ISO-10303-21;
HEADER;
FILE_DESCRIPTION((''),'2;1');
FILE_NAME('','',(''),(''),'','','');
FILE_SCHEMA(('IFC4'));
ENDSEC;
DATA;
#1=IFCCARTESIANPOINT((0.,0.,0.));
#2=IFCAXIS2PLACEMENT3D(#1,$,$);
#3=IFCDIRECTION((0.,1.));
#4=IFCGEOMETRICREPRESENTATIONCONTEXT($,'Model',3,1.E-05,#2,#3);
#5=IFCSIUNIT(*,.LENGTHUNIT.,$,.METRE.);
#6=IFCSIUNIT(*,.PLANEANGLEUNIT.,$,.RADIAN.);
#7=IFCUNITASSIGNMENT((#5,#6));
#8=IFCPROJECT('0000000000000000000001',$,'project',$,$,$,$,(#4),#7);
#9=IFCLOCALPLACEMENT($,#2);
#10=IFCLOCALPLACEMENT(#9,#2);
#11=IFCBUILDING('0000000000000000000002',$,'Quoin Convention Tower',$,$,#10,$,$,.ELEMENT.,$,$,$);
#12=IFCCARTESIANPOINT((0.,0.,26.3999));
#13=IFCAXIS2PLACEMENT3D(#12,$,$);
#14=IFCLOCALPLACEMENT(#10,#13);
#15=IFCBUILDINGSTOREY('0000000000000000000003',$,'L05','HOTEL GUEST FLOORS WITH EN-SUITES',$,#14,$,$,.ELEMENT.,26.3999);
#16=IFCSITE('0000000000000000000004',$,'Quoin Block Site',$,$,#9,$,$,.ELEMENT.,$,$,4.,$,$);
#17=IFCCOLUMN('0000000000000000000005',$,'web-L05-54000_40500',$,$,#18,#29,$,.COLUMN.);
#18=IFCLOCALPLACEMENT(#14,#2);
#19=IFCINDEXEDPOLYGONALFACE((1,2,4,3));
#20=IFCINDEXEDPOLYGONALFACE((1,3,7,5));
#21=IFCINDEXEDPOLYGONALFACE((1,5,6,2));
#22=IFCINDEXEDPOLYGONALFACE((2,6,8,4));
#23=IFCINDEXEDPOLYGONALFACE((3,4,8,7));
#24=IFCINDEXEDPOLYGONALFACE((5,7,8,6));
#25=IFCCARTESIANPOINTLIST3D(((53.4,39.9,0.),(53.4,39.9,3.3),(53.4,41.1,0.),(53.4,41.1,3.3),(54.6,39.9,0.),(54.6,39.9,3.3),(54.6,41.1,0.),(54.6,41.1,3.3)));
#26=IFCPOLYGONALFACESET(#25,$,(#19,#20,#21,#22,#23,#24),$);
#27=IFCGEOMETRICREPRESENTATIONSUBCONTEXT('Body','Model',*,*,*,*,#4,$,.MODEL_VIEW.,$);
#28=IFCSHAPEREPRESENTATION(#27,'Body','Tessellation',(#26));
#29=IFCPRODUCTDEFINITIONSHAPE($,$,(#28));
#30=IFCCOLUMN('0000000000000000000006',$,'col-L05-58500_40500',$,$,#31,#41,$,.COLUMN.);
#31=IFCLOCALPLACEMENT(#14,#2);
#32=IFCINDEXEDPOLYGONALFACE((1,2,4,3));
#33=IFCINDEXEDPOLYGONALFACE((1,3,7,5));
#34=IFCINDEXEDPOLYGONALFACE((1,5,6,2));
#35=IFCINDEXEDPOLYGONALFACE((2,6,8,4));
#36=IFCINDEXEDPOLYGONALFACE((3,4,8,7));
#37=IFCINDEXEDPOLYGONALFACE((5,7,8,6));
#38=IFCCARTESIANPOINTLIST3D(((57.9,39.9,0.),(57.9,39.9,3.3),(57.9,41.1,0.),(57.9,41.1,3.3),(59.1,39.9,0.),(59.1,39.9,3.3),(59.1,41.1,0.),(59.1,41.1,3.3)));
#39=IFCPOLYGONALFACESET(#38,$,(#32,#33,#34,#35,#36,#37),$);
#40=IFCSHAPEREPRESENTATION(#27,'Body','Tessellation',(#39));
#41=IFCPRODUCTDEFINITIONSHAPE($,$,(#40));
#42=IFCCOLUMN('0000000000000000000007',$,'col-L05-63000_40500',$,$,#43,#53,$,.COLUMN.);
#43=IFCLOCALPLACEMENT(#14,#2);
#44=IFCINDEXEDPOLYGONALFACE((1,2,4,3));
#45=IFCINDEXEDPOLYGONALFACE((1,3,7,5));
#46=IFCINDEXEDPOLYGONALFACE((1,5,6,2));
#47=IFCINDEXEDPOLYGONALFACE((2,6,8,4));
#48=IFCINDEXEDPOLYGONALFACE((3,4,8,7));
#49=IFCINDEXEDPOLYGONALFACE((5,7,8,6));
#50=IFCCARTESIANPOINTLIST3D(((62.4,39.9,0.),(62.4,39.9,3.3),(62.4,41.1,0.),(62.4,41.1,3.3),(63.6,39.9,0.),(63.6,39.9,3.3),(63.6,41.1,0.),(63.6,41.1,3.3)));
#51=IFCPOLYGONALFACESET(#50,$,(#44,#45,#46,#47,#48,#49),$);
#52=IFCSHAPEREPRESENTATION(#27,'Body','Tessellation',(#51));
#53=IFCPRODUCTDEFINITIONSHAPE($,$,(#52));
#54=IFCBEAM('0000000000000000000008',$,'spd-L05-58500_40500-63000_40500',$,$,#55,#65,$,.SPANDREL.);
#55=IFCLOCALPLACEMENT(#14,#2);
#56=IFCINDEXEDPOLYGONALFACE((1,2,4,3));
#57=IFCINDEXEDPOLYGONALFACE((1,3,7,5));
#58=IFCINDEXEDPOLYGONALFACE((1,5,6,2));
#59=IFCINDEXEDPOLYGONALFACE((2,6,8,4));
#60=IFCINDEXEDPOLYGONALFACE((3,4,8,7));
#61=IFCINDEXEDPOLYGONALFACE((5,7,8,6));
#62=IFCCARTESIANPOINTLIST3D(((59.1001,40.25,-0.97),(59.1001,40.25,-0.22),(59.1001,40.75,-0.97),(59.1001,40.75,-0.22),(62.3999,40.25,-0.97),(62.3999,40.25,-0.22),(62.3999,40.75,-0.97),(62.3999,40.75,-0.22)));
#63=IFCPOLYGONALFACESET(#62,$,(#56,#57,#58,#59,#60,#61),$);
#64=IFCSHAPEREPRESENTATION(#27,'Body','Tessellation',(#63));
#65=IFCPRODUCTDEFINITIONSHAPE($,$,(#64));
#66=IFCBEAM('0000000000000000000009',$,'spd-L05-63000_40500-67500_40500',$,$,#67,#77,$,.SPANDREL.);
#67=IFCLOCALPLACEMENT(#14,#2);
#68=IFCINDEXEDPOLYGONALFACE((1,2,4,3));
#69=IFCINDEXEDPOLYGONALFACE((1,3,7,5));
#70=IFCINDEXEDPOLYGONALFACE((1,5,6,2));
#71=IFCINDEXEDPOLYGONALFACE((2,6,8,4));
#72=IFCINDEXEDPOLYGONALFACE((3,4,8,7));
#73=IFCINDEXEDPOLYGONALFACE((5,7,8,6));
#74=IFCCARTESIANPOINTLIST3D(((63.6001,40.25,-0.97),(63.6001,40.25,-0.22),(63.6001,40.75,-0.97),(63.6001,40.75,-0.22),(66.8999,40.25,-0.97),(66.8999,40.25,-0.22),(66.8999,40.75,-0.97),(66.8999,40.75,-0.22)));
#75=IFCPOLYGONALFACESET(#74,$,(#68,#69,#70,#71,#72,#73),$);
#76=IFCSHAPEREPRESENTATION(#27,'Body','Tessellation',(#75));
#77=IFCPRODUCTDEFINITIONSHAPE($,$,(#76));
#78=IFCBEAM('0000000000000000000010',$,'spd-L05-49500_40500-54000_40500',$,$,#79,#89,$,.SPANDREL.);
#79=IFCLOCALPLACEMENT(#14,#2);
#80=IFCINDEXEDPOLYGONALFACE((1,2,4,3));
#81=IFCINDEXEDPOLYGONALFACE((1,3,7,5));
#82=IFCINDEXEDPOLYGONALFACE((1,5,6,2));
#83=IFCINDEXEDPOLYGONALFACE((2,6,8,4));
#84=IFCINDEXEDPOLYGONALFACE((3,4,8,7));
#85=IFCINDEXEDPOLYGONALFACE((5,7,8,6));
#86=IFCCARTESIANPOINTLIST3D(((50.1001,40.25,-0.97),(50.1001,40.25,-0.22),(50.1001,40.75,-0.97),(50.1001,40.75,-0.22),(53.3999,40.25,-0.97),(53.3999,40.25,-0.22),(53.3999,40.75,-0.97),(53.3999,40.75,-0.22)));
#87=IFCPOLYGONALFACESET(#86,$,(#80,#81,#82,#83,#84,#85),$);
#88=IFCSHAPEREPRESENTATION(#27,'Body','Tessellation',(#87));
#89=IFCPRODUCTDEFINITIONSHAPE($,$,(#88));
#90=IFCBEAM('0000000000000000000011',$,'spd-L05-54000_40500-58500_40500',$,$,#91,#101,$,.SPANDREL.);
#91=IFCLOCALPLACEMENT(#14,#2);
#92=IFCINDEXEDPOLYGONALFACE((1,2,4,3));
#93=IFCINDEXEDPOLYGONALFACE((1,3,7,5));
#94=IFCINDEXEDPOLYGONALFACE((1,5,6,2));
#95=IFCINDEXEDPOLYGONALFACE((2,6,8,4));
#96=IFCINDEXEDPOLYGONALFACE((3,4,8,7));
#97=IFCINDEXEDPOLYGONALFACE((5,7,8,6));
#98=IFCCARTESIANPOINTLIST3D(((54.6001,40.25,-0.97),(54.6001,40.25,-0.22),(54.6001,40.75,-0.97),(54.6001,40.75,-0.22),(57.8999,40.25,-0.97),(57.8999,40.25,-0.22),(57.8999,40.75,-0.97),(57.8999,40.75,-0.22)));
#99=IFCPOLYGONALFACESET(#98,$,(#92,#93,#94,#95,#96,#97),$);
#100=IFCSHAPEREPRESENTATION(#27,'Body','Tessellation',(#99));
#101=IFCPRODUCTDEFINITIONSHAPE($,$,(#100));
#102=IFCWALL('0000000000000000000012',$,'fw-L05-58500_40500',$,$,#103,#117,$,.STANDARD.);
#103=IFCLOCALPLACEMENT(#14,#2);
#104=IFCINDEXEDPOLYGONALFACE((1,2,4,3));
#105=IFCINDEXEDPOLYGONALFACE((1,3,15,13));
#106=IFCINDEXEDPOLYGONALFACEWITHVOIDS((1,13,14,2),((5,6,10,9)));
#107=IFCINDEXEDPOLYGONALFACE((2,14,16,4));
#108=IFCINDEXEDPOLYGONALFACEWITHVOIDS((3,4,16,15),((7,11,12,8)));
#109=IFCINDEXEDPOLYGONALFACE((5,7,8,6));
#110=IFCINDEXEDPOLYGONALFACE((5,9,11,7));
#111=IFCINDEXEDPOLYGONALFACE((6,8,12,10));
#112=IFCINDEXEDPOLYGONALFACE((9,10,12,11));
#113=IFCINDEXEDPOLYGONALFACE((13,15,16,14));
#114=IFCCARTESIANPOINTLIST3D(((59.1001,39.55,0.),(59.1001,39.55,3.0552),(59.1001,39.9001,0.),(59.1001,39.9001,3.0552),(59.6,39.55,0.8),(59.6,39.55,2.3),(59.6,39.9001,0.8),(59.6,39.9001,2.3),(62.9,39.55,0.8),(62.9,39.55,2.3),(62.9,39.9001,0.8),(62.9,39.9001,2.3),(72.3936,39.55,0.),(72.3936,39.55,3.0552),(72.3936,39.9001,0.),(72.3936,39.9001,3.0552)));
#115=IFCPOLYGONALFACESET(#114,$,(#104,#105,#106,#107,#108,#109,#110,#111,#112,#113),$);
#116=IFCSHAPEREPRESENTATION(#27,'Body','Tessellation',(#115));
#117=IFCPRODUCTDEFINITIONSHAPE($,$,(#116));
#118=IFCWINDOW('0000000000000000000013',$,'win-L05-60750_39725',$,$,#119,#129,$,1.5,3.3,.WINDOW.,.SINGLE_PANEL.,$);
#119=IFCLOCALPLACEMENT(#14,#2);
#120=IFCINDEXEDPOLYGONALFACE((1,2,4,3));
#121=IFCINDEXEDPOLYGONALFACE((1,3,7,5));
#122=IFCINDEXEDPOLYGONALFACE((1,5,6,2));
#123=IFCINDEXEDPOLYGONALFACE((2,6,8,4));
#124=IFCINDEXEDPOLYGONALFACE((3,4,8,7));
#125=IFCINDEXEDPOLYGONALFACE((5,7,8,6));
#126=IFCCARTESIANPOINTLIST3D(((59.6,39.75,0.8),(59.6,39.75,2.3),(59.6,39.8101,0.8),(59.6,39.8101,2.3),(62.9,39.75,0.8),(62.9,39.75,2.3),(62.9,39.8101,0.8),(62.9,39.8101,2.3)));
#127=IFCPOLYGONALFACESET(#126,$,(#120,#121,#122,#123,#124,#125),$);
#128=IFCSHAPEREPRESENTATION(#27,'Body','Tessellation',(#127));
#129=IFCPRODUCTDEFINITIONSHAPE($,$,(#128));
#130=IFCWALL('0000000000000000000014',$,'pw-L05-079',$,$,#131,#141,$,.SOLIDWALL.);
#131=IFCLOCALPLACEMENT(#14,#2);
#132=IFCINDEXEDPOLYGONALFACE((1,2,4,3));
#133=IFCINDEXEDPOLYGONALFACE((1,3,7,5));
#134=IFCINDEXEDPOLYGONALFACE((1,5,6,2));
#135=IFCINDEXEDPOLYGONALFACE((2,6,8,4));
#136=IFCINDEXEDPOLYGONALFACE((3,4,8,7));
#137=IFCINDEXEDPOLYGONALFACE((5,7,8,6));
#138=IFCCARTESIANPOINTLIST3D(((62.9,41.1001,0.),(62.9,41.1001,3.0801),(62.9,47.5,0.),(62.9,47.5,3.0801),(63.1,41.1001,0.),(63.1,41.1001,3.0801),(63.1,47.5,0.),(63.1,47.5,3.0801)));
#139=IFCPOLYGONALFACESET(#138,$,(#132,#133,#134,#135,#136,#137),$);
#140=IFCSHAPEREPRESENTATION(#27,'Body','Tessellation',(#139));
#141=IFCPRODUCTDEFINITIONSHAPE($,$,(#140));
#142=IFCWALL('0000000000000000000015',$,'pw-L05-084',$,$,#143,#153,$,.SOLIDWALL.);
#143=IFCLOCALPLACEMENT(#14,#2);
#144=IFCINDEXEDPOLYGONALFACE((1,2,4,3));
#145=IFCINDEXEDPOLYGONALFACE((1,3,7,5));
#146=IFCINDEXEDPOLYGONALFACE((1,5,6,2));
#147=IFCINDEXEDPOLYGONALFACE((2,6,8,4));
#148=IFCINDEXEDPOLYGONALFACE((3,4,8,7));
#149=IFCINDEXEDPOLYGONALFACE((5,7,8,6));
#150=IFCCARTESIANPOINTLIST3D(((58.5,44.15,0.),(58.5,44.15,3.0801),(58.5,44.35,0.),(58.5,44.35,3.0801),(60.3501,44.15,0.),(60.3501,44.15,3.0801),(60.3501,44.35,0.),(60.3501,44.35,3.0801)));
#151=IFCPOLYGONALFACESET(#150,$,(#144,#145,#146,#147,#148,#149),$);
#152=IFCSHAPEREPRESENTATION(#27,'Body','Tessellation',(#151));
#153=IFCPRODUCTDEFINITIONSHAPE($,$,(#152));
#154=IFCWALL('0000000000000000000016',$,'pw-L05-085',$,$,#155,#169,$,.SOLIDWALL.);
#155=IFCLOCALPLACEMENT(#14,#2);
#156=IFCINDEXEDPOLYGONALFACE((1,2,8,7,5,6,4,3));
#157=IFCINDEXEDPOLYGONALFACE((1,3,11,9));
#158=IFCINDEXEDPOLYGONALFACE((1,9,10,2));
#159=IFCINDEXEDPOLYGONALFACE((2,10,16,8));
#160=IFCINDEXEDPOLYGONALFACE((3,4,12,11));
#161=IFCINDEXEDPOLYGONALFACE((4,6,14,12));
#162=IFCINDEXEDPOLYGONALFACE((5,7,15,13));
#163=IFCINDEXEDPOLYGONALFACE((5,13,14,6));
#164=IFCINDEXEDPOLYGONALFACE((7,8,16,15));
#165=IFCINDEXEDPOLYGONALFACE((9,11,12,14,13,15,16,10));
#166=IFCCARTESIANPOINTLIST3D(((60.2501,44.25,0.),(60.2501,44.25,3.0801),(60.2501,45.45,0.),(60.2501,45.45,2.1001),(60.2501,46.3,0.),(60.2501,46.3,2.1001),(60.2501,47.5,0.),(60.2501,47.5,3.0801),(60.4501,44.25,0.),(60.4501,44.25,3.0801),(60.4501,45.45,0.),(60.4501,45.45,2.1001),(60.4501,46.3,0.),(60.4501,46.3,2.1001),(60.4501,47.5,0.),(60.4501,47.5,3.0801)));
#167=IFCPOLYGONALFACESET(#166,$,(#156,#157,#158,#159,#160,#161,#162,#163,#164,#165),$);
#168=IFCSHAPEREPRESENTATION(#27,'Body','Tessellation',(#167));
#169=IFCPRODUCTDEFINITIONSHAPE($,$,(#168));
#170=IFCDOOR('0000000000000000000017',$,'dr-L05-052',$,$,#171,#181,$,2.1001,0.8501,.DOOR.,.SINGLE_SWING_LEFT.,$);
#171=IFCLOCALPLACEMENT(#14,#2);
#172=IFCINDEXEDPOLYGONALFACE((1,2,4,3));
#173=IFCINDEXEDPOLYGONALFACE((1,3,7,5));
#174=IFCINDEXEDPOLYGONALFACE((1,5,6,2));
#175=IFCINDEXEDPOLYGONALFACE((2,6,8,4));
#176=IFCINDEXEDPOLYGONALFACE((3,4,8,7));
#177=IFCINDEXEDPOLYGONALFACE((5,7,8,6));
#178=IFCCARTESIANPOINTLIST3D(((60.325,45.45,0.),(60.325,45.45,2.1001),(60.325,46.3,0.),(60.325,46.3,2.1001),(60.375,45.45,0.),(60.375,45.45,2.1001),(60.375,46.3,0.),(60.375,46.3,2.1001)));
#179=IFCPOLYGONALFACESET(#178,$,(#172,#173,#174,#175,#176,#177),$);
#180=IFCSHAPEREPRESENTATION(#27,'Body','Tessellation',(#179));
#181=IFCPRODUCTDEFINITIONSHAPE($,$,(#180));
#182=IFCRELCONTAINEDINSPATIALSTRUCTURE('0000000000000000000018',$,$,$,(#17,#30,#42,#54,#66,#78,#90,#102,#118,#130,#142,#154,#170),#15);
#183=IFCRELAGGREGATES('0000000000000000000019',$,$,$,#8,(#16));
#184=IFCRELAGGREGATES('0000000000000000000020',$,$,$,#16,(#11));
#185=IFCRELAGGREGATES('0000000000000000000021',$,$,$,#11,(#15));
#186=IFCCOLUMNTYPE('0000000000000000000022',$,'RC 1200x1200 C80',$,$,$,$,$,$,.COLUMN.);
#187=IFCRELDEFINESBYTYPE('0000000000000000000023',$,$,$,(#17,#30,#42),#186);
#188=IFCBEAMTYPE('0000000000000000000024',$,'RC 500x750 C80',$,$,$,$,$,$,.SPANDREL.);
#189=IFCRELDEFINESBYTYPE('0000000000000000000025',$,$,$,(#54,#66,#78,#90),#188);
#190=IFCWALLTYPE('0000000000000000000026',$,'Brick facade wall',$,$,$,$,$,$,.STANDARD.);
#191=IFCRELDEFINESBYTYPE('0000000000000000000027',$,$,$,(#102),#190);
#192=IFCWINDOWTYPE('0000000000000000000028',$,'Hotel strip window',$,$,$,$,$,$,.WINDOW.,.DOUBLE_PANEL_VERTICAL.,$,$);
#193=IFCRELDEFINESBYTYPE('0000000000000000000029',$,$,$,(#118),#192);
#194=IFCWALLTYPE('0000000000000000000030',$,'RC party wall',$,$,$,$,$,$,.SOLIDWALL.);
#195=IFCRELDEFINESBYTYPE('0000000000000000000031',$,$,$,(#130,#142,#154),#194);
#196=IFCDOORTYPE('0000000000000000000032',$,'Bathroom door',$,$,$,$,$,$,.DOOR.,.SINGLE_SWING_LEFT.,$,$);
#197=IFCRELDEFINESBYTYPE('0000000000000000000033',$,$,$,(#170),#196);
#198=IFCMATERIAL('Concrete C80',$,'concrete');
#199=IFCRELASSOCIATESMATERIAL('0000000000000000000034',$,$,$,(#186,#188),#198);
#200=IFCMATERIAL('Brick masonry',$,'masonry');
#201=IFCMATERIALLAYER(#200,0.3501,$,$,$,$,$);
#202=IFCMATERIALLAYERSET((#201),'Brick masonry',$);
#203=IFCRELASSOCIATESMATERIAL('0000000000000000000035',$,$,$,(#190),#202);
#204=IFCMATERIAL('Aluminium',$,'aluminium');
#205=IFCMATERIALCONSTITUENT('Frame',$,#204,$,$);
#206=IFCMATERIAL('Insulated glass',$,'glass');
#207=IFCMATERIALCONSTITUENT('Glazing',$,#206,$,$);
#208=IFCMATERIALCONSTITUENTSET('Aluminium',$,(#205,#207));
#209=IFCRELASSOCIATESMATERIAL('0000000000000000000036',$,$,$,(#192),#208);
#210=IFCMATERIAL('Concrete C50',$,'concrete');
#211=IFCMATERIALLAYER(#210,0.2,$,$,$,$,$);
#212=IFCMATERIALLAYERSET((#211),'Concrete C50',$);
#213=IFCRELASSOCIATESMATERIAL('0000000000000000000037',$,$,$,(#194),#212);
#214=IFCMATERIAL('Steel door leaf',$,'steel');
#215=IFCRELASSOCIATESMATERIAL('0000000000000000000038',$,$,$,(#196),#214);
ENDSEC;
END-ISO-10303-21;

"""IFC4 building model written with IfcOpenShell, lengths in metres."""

from ifc_helpers import new_model, si_unit, direction, frame, frame_2d, origin, origin_2d, place, context, subcontext, project, spatial, rectangle, extrude, material, layer, layer_set, constituent, constituent_set, material_profile, profile_set, type_object, element, fill, save


model = new_model("IFC4")

# Units and contexts
model_context = context("Model", 3, precision=1e-05, world=origin(), true_north=direction((0.0, 1.0)))
body_context = subcontext(model_context, "Body", "Model", "MODEL_VIEW")
ifc_project = project(units=[si_unit("LENGTHUNIT", "METRE"), si_unit("PLANEANGLEUNIT", "RADIAN")], contexts=[model_context])

# Site, building, storey
site_placement = place(None, origin())
site = spatial("IfcSite", under=ifc_project, at=site_placement, Name="Quoin Block Site", CompositionType="ELEMENT", RefElevation=4.0)
building_placement = place(site_placement, origin())
building = spatial("IfcBuilding", under=site, at=building_placement, Name="Quoin Convention Tower", CompositionType="ELEMENT")
storey_placement = place(building_placement, frame((0.0, 0.0, 26.3999)))
storey = spatial("IfcBuildingStorey", under=building, at=storey_placement, Name="L05", Description="HOTEL GUEST FLOORS WITH EN-SUITES", CompositionType="ELEMENT", Elevation=26.3999)

# Columns
ifc_material_1 = material(Name="Concrete C80", Category="concrete")
ifc_material_profile_1 = material_profile(ifc_material_1, rectangle(XDim=1.2, YDim=1.2, at=origin_2d()), Name="RC 1200x1200")
ifc_profile_set_1 = profile_set([ifc_material_profile_1], Name="Concrete C80")
column_type = type_object("IfcColumnType", Name="RC 1200x1200 C80", PredefinedType="COLUMN", material=ifc_profile_set_1)
for number, where, z_axis, x_axis, name in (
    (1, (54.0, 40.5, 0.0), (0.0, 0.0, 1.0), (1.0, 0.0, 0.0), "web-L05-54000_40500"),
    (2, (58.5, 40.5, 0.0), (0.0, 0.0, 1.0), (1.0, 0.0, 0.0), "col-L05-58500_40500"),
    (3, (63.0, 40.5, 0.0), (0.0, 0.0, 1.0), (1.0, 0.0, 0.0), "col-L05-63000_40500"),
):
    element("IfcColumn", number, at=place(storey_placement, frame(where, z_axis=z_axis, x_axis=x_axis)), inside=storey, type_object=column_type, Name=name, PredefinedType="COLUMN", context=body_context, shape_type="SweptSolid", body=[
        extrude(rectangle(XDim=1.2, YDim=1.2, at=origin_2d()), origin(), (0.0, 0.0, 1.0), 3.3),
    ])

# Beams
ifc_material_profile_2 = material_profile(ifc_material_1, rectangle(XDim=0.5, YDim=0.75, at=origin_2d()), Name="RC 500x750")
ifc_profile_set_2 = profile_set([ifc_material_profile_2], Name="Concrete C80")
beam_type = type_object("IfcBeamType", Name="RC 500x750 C80", PredefinedType="SPANDREL", material=ifc_profile_set_2)
for number, where, z_axis, x_axis, name in (
    (4, (59.1001, 40.5, -0.595), (1.0, 0.0, 0.0), (0.0, 1.0, 0.0), "spd-L05-58500_40500-63000_40500"),
    (5, (63.6001, 40.5, -0.595), (1.0, 0.0, 0.0), (0.0, 1.0, 0.0), "spd-L05-63000_40500-67500_40500"),
    (6, (50.1001, 40.5, -0.595), (1.0, 0.0, 0.0), (0.0, 1.0, 0.0), "spd-L05-49500_40500-54000_40500"),
    (7, (54.6001, 40.5, -0.595), (1.0, 0.0, 0.0), (0.0, 1.0, 0.0), "spd-L05-54000_40500-58500_40500"),
):
    element("IfcBeam", number, at=place(storey_placement, frame(where, z_axis=z_axis, x_axis=x_axis)), inside=storey, type_object=beam_type, Name=name, PredefinedType="SPANDREL", context=body_context, shape_type="SweptSolid", body=[
        extrude(rectangle(XDim=0.5, YDim=0.75, at=origin_2d()), origin(), (0.0, 0.0, 1.0), 3.2998),
    ])

# Wall, opening, window
ifc_material_2 = material(Name="Brick masonry", Category="masonry")
ifc_layer_1 = layer(ifc_material_2, 0.3501)
ifc_layer_set_1 = layer_set([ifc_layer_1], Name="Brick masonry")
wall_type_1 = type_object("IfcWallType", Name="Brick facade wall", PredefinedType="STANDARD", material=ifc_layer_set_1)
wall_1_placement = place(storey_placement, frame((59.1001, 39.7251, 0.0), z_axis=(0.0, 0.0, 1.0), x_axis=(1.0, 0.0, 0.0)))
wall_1 = element("IfcWall", 8, at=wall_1_placement, inside=storey, type_object=wall_type_1, Name="fw-L05-58500_40500", PredefinedType="STANDARD", context=body_context, shape_type="SweptSolid", body=[
    extrude(rectangle(XDim=13.2935, YDim=0.3501, at=frame_2d((6.6467, 0.0))), origin(), (0.0, 0.0, 1.0), 3.0552),
])
opening_1_placement = place(wall_1_placement, frame((0.5, 0.0, 0.8)))
opening_1 = element("IfcOpeningElement", 9, at=opening_1_placement, cuts=wall_1, PredefinedType="OPENING", context=body_context, shape_type="SweptSolid", body=[
    extrude(rectangle(XDim=3.3, YDim=1.5, at=frame_2d((1.6499, 0.75))), frame((0.0, 0.1851, 0.0), z_axis=(0.0, -1.0, 0.0), x_axis=(1.0, 0.0, 0.0)), (0.0, 0.0, 1.0), 0.3701),
])
ifc_material_3 = material(Name="Aluminium", Category="aluminium")
ifc_constituent_1 = constituent(ifc_material_3, Name="Frame")
ifc_material_4 = material(Name="Insulated glass", Category="glass")
ifc_constituent_2 = constituent(ifc_material_4, Name="Glazing")
ifc_constituent_set = constituent_set(constituents=[ifc_constituent_1, ifc_constituent_2], Name="Aluminium")
window_type = type_object("IfcWindowType", Name="Hotel strip window", PartitioningType="DOUBLE_PANEL_VERTICAL", PredefinedType="WINDOW", material=ifc_constituent_set)
window_placement = place(opening_1_placement, origin())
window = element("IfcWindow", 10, at=window_placement, inside=storey, type_object=window_type, Name="win-L05-60750_39725", OverallHeight=1.5, OverallWidth=3.3, PartitioningType="SINGLE_PANEL", PredefinedType="WINDOW", context=body_context, shape_type="SweptSolid", body=[
    extrude(rectangle(XDim=3.3, YDim=1.5, at=frame_2d((1.6499, 0.75))), frame((0.0, 0.085, 0.0), z_axis=(0.0, -1.0, 0.0), x_axis=(1.0, 0.0, 0.0)), (0.0, 0.0, 1.0), 0.0601),
])
fill(opening_1, window)

# Walls
ifc_material_5 = material(Name="Concrete C50", Category="concrete")
ifc_layer_2 = layer(ifc_material_5, 0.2)
ifc_layer_set_2 = layer_set([ifc_layer_2], Name="Concrete C50")
wall_type_2 = type_object("IfcWallType", Name="RC party wall", PredefinedType="SOLIDWALL", material=ifc_layer_set_2)
wall_2_placement = place(storey_placement, frame((63.0, 41.1001, 0.0), z_axis=(0.0, 0.0, 1.0), x_axis=(0.0, 1.0, 0.0)))
element("IfcWall", 11, at=wall_2_placement, inside=storey, type_object=wall_type_2, Name="pw-L05-079", PredefinedType="SOLIDWALL", context=body_context, shape_type="SweptSolid", body=[
    extrude(rectangle(XDim=6.3999, YDim=0.2, at=frame_2d((3.2, 0.0))), origin(), (0.0, 0.0, 1.0), 3.0801),
])
wall_3_placement = place(storey_placement, frame((58.5, 44.25, 0.0), z_axis=(0.0, 0.0, 1.0), x_axis=(1.0, 0.0, 0.0)))
element("IfcWall", 12, at=wall_3_placement, inside=storey, type_object=wall_type_2, Name="pw-L05-084", PredefinedType="SOLIDWALL", context=body_context, shape_type="SweptSolid", body=[
    extrude(rectangle(XDim=1.8501, YDim=0.2, at=frame_2d((0.925, 0.0))), origin(), (0.0, 0.0, 1.0), 3.0801),
])

# Wall, opening, door
wall_4_placement = place(storey_placement, frame((60.3501, 44.25, 0.0), z_axis=(0.0, 0.0, 1.0), x_axis=(0.0, 1.0, 0.0)))
wall_4 = element("IfcWall", 13, at=wall_4_placement, inside=storey, type_object=wall_type_2, Name="pw-L05-085", PredefinedType="SOLIDWALL", context=body_context, shape_type="SweptSolid", body=[
    extrude(rectangle(XDim=3.25, YDim=0.2, at=frame_2d((1.625, 0.0))), origin(), (0.0, 0.0, 1.0), 3.0801),
])
opening_2_placement = place(wall_4_placement, frame((1.2, 0.0, 0.0)))
opening_2 = element("IfcOpeningElement", 14, at=opening_2_placement, cuts=wall_4, PredefinedType="OPENING", context=body_context, shape_type="SweptSolid", body=[
    extrude(rectangle(XDim=0.8501, YDim=2.1001, at=frame_2d((0.425, 1.05))), frame((0.0, 0.1099, 0.0), z_axis=(0.0, -1.0, 0.0), x_axis=(1.0, 0.0, 0.0)), (0.0, 0.0, 1.0), 0.22),
])
ifc_material_6 = material(Name="Steel door leaf", Category="steel")
door_type = type_object("IfcDoorType", Name="Bathroom door", OperationType="SINGLE_SWING_LEFT", PredefinedType="DOOR", material=ifc_material_6)
door_placement = place(opening_2_placement, frame((0.8501, 0.0, 0.0), z_axis=(0.0, 0.0, 1.0), x_axis=(-1.0, 0.0, 0.0)))
door = element("IfcDoor", 15, at=door_placement, inside=storey, type_object=door_type, Name="dr-L05-052", OperationType="SINGLE_SWING_LEFT", OverallHeight=2.1001, OverallWidth=0.8501, PredefinedType="DOOR", context=body_context, shape_type="SweptSolid", body=[
    extrude(rectangle(XDim=0.8501, YDim=2.1001, at=frame_2d((0.425, 1.05))), frame((0.0, 0.0249, 0.0), z_axis=(0.0, -1.0, 0.0), x_axis=(1.0, 0.0, 0.0)), (0.0, 0.0, 1.0), 0.05),
])
fill(opening_2, door)

save(model, "model.ifc")
